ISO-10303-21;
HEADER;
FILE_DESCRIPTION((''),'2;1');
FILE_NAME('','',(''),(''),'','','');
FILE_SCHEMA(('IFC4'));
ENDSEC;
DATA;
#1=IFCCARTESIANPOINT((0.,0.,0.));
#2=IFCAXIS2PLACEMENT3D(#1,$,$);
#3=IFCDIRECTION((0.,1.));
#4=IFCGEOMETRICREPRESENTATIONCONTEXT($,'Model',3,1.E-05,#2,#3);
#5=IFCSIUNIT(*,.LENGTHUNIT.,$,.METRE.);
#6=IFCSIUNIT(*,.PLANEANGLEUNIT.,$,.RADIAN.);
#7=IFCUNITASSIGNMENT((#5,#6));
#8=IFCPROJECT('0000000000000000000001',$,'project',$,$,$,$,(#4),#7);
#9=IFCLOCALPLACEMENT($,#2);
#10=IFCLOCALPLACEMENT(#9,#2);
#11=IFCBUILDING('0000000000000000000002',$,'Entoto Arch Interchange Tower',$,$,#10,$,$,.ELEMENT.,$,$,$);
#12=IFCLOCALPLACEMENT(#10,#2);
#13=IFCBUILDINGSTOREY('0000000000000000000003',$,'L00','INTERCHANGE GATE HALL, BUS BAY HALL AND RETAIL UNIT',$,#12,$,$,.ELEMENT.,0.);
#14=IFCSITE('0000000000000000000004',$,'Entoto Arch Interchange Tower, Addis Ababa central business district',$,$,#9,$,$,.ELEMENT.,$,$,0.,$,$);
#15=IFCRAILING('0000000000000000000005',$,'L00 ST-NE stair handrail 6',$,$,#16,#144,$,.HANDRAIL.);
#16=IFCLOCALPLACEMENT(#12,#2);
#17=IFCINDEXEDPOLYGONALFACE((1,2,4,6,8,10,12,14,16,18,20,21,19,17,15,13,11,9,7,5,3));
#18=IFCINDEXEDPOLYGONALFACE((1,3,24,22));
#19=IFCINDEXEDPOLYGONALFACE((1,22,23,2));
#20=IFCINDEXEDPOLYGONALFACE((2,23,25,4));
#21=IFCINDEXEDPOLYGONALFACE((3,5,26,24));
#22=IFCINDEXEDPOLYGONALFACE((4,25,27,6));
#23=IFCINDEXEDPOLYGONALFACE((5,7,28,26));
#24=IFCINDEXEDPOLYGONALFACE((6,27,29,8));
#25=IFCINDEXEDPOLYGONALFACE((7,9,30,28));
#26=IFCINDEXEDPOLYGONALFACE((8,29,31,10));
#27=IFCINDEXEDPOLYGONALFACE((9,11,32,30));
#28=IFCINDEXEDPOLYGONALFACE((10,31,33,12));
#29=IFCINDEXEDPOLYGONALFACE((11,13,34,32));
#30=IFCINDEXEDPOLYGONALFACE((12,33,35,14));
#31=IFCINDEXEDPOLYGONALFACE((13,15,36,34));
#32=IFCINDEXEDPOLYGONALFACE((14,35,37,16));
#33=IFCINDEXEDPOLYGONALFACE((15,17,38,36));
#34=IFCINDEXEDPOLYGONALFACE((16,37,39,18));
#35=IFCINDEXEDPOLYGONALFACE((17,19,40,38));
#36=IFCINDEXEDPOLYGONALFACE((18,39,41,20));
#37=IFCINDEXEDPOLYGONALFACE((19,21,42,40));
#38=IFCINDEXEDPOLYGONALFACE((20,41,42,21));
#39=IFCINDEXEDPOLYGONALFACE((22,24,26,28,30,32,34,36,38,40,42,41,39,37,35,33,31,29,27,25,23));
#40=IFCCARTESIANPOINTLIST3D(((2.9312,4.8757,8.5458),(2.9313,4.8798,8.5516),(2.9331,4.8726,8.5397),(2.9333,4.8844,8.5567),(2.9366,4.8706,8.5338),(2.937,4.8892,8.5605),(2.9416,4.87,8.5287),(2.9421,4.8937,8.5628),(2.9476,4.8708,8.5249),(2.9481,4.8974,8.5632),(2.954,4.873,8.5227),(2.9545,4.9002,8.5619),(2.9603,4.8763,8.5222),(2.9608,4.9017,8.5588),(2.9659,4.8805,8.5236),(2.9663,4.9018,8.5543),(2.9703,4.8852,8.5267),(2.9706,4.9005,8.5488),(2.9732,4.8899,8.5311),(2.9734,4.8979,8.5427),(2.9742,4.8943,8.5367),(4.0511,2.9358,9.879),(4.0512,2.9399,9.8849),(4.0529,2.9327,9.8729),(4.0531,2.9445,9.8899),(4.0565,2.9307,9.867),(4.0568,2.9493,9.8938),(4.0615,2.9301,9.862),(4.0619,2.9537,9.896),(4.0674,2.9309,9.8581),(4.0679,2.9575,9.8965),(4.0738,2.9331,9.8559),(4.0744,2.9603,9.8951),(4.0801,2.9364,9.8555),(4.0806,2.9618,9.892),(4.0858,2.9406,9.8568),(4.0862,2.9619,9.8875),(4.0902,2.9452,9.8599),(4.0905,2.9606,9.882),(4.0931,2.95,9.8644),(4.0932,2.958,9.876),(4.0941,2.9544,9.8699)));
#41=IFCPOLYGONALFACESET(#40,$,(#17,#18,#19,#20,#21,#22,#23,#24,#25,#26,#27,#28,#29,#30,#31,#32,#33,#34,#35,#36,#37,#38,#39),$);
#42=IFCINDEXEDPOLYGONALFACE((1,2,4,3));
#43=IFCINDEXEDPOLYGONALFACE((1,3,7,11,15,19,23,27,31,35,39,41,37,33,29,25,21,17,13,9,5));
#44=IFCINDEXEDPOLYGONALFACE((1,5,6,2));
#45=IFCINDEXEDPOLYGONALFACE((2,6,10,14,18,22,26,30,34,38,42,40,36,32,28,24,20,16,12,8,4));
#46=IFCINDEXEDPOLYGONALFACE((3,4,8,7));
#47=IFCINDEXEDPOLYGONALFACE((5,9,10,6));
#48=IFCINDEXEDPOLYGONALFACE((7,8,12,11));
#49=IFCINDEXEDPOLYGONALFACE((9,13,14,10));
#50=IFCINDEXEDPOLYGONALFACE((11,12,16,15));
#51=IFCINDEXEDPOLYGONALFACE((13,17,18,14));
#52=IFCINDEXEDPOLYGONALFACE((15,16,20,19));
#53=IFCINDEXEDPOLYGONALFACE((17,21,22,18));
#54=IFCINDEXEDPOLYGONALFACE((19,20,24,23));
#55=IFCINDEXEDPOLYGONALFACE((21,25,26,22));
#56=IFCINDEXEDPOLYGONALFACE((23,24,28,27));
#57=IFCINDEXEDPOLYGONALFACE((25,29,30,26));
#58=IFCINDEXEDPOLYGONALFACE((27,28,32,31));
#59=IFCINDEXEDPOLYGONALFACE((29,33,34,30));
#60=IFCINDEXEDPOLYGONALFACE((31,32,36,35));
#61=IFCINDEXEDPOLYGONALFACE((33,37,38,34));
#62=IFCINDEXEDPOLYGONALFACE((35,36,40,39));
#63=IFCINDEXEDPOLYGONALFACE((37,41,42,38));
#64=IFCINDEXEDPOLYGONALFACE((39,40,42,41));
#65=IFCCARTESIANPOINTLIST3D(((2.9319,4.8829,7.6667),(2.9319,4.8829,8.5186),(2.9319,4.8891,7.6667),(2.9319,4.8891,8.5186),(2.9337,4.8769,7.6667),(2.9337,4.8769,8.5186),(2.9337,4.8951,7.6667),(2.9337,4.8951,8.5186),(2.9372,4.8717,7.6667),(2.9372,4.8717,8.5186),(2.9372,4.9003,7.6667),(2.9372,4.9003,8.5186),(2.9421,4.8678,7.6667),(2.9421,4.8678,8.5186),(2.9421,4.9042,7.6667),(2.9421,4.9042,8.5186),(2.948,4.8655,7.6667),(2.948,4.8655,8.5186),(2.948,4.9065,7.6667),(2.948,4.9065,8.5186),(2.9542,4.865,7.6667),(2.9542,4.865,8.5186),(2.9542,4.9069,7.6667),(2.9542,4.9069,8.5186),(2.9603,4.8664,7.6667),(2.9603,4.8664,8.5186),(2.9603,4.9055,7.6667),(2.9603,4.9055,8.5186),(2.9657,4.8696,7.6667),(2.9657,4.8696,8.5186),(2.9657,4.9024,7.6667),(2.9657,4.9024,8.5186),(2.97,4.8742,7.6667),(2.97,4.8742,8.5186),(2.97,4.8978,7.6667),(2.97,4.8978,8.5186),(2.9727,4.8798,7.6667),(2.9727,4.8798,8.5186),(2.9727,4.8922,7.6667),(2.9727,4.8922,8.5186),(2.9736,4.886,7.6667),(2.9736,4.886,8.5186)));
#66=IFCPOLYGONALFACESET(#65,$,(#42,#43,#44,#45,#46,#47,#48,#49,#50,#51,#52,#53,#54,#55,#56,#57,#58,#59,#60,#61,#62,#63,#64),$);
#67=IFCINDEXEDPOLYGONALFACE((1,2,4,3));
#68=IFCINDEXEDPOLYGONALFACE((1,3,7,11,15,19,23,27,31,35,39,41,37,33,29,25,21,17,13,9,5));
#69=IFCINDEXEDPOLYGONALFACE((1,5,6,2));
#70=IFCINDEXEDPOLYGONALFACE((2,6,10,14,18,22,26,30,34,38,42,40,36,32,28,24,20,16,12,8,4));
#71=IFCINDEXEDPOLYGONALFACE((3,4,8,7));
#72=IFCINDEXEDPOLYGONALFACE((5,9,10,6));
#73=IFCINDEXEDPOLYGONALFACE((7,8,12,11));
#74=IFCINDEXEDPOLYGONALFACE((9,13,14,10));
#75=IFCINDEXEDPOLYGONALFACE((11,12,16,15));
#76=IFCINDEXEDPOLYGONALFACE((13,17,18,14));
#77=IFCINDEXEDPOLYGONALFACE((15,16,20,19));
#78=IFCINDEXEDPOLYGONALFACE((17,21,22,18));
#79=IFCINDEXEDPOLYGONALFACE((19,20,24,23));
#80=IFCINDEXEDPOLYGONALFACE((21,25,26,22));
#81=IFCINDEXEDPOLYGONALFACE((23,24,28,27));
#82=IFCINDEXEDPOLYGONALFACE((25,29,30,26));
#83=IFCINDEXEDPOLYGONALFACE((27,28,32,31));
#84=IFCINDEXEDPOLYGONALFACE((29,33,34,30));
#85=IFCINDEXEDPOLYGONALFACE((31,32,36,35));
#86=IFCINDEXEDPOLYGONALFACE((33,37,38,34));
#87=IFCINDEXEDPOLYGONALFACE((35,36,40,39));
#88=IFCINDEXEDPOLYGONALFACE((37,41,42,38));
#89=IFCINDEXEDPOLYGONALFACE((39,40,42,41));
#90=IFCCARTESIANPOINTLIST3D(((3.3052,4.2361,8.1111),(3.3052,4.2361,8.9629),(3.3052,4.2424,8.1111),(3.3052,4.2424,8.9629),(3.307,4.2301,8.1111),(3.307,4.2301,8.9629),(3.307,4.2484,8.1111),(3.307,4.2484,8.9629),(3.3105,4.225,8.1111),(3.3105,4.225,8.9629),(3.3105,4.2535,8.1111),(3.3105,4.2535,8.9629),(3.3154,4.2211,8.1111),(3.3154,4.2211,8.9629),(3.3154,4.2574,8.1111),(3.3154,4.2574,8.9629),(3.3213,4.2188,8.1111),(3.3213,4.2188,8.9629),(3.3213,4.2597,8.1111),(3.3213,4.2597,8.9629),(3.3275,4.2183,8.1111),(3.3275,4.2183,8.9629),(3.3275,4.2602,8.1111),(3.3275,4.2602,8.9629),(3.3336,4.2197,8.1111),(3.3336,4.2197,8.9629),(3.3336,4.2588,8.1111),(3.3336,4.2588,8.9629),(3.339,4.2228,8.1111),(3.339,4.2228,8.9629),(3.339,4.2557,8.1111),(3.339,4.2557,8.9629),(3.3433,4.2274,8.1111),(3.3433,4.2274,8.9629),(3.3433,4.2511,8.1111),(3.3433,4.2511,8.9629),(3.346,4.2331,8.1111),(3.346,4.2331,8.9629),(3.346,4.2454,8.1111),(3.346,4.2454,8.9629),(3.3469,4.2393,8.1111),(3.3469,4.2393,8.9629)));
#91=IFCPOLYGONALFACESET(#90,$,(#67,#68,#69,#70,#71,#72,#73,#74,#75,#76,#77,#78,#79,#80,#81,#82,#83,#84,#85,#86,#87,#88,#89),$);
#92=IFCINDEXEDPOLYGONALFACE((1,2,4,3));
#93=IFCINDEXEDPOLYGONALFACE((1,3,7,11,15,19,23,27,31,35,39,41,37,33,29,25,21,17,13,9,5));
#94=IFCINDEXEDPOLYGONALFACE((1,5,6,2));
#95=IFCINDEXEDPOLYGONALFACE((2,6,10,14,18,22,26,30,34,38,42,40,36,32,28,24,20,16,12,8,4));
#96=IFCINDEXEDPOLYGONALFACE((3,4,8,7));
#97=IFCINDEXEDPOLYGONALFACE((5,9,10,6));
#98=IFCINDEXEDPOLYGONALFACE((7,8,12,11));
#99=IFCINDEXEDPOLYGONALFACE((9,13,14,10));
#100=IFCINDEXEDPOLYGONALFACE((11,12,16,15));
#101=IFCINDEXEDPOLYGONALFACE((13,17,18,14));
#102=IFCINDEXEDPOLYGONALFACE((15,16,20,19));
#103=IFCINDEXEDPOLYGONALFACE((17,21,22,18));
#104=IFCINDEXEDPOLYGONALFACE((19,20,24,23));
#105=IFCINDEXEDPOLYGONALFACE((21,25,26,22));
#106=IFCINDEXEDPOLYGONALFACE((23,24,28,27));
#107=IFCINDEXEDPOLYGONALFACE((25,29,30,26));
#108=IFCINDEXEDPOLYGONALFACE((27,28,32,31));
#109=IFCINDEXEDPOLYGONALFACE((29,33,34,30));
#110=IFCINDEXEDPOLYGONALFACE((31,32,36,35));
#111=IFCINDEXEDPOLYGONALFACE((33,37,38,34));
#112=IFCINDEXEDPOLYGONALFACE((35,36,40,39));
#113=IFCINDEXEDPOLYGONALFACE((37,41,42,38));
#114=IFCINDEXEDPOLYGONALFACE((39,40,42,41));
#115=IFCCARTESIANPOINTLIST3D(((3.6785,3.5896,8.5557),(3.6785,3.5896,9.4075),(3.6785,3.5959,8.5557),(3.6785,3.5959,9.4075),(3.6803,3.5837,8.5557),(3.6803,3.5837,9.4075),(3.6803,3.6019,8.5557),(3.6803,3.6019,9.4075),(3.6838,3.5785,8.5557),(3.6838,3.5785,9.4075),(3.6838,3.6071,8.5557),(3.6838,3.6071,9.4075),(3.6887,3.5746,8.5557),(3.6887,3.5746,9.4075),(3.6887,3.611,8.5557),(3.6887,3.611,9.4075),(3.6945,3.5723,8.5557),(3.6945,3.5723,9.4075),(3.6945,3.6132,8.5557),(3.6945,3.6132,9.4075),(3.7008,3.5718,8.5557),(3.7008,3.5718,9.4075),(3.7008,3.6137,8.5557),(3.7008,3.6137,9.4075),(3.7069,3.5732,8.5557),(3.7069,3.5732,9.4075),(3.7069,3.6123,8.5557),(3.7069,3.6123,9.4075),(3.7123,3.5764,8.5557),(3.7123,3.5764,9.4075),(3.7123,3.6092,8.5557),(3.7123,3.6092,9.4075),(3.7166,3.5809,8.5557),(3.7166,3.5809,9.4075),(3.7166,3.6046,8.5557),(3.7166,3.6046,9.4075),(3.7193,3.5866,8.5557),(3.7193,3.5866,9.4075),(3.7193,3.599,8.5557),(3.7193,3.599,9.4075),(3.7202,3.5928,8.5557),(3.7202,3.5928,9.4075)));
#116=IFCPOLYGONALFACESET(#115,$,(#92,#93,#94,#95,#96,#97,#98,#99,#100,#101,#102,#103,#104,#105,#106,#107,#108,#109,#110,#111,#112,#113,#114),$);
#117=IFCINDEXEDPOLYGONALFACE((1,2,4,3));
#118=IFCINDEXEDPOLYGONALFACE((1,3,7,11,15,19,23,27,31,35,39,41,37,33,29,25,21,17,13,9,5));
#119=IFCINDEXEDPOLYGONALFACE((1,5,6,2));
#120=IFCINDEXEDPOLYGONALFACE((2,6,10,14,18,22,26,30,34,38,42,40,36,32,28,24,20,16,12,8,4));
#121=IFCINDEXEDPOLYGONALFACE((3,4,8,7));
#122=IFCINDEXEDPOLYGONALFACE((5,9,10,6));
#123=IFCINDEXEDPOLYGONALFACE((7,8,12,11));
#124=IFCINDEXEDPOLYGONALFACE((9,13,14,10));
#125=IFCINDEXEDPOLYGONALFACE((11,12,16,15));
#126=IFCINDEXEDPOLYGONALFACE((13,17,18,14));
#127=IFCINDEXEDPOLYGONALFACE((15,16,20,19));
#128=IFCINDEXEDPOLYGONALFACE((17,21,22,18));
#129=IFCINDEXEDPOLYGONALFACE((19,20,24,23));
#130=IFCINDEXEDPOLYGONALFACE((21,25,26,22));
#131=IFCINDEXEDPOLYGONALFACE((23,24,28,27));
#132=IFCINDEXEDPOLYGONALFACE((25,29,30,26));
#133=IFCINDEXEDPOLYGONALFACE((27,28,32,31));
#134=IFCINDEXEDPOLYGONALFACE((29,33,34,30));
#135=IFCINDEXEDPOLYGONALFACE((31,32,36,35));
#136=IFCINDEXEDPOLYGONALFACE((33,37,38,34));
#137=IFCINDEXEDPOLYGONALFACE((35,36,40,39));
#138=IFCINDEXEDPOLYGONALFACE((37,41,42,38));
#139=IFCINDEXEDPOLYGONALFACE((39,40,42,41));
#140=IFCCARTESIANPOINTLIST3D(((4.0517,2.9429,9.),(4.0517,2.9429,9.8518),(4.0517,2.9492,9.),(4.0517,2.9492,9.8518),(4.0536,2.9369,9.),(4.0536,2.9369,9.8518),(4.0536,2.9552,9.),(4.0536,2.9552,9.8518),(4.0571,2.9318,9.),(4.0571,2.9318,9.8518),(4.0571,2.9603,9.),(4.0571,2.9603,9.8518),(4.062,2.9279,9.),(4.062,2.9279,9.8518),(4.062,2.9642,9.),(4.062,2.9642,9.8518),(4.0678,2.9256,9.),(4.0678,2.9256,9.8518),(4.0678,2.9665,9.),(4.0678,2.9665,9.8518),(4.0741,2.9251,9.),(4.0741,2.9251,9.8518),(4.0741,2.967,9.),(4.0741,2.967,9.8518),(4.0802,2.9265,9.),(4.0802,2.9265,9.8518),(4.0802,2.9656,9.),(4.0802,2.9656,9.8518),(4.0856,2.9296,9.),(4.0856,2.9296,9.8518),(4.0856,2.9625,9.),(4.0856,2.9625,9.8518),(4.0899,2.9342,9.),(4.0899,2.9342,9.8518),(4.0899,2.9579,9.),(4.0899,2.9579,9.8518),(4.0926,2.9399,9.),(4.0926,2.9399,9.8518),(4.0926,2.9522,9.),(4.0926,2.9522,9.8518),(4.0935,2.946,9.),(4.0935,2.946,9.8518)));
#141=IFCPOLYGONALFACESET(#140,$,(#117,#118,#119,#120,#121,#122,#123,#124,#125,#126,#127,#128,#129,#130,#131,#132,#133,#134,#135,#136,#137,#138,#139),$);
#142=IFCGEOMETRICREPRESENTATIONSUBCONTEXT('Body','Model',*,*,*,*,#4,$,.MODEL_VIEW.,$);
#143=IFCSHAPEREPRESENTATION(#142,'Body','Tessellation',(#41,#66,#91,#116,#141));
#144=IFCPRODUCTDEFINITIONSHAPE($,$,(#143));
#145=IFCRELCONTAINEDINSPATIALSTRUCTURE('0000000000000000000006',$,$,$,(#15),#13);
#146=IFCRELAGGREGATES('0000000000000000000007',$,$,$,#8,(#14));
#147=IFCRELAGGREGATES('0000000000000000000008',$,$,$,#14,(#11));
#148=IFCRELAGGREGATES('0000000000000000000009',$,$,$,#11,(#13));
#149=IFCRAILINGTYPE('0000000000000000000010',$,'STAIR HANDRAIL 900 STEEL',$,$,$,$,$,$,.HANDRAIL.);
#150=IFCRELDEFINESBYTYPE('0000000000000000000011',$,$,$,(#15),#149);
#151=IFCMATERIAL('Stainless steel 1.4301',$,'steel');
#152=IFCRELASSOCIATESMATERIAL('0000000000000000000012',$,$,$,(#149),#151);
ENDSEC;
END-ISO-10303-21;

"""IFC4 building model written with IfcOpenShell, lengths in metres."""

from ifc_helpers import new_model, si_unit, direction, frame, origin, origin_2d, place, context, subcontext, project, spatial, circle, extrude, material, type_object, element, save


model = new_model("IFC4")

# Units and contexts
model_context = context("Model", 3, precision=1e-05, world=origin(), true_north=direction((0.0, 1.0)))
body_context = subcontext(model_context, "Body", "Model", "MODEL_VIEW")
ifc_project = project(units=[si_unit("LENGTHUNIT", "METRE"), si_unit("PLANEANGLEUNIT", "RADIAN")], contexts=[model_context])

# Site, building, storey
site_placement = place(None, origin())
site = spatial("IfcSite", under=ifc_project, at=site_placement, Name="Entoto Arch Interchange Tower, Addis Ababa central business district", CompositionType="ELEMENT", RefElevation=0.0)
building_placement = place(site_placement, origin())
building = spatial("IfcBuilding", under=site, at=building_placement, Name="Entoto Arch Interchange Tower", CompositionType="ELEMENT")
storey_placement = place(building_placement, origin())
storey = spatial("IfcBuildingStorey", under=building, at=storey_placement, Name="L00", Description="INTERCHANGE GATE HALL, BUS BAY HALL AND RETAIL UNIT", CompositionType="ELEMENT", Elevation=0.0)

# Railing
ifc_material_1 = material(Name="Stainless steel 1.4301", Category="steel")
railing_type_1 = type_object("IfcRailingType", Name="STAIR HANDRAIL 900 STEEL", PredefinedType="HANDRAIL", material=ifc_material_1)
railing_1_placement = place(storey_placement, frame((2.9526, 4.886, 7.6667)))
element("IfcRailing", 1, at=railing_1_placement, inside=storey, type_object=railing_type_1, Name="L00 ST-NE stair handrail 6", PredefinedType="HANDRAIL", context=body_context, shape_type="SweptSolid", body=[
    extrude(circle(Radius=0.0239, at=origin_2d()), frame((0.0, 0.0, 0.876), z_axis=(0.429608, -0.744205, 0.511465), x_axis=(0.866055, 0.499949, 0.0)), (0.0, 0.0, 1.0), 2.6067),
    extrude(circle(Radius=0.021, at=origin_2d()), origin(), (0.0, 0.0, 1.0), 0.8518),
    extrude(circle(Radius=0.021, at=origin_2d()), frame((0.3733, -0.6467, 0.4443)), (0.0, 0.0, 1.0), 0.8518),
    extrude(circle(Radius=0.021, at=origin_2d()), frame((0.7466, -1.2932, 0.8889)), (0.0, 0.0, 1.0), 0.8518),
    extrude(circle(Radius=0.021, at=origin_2d()), frame((1.1199, -1.9399, 1.3333)), (0.0, 0.0, 1.0), 0.8518),
])

save(model, "model.ifc")
